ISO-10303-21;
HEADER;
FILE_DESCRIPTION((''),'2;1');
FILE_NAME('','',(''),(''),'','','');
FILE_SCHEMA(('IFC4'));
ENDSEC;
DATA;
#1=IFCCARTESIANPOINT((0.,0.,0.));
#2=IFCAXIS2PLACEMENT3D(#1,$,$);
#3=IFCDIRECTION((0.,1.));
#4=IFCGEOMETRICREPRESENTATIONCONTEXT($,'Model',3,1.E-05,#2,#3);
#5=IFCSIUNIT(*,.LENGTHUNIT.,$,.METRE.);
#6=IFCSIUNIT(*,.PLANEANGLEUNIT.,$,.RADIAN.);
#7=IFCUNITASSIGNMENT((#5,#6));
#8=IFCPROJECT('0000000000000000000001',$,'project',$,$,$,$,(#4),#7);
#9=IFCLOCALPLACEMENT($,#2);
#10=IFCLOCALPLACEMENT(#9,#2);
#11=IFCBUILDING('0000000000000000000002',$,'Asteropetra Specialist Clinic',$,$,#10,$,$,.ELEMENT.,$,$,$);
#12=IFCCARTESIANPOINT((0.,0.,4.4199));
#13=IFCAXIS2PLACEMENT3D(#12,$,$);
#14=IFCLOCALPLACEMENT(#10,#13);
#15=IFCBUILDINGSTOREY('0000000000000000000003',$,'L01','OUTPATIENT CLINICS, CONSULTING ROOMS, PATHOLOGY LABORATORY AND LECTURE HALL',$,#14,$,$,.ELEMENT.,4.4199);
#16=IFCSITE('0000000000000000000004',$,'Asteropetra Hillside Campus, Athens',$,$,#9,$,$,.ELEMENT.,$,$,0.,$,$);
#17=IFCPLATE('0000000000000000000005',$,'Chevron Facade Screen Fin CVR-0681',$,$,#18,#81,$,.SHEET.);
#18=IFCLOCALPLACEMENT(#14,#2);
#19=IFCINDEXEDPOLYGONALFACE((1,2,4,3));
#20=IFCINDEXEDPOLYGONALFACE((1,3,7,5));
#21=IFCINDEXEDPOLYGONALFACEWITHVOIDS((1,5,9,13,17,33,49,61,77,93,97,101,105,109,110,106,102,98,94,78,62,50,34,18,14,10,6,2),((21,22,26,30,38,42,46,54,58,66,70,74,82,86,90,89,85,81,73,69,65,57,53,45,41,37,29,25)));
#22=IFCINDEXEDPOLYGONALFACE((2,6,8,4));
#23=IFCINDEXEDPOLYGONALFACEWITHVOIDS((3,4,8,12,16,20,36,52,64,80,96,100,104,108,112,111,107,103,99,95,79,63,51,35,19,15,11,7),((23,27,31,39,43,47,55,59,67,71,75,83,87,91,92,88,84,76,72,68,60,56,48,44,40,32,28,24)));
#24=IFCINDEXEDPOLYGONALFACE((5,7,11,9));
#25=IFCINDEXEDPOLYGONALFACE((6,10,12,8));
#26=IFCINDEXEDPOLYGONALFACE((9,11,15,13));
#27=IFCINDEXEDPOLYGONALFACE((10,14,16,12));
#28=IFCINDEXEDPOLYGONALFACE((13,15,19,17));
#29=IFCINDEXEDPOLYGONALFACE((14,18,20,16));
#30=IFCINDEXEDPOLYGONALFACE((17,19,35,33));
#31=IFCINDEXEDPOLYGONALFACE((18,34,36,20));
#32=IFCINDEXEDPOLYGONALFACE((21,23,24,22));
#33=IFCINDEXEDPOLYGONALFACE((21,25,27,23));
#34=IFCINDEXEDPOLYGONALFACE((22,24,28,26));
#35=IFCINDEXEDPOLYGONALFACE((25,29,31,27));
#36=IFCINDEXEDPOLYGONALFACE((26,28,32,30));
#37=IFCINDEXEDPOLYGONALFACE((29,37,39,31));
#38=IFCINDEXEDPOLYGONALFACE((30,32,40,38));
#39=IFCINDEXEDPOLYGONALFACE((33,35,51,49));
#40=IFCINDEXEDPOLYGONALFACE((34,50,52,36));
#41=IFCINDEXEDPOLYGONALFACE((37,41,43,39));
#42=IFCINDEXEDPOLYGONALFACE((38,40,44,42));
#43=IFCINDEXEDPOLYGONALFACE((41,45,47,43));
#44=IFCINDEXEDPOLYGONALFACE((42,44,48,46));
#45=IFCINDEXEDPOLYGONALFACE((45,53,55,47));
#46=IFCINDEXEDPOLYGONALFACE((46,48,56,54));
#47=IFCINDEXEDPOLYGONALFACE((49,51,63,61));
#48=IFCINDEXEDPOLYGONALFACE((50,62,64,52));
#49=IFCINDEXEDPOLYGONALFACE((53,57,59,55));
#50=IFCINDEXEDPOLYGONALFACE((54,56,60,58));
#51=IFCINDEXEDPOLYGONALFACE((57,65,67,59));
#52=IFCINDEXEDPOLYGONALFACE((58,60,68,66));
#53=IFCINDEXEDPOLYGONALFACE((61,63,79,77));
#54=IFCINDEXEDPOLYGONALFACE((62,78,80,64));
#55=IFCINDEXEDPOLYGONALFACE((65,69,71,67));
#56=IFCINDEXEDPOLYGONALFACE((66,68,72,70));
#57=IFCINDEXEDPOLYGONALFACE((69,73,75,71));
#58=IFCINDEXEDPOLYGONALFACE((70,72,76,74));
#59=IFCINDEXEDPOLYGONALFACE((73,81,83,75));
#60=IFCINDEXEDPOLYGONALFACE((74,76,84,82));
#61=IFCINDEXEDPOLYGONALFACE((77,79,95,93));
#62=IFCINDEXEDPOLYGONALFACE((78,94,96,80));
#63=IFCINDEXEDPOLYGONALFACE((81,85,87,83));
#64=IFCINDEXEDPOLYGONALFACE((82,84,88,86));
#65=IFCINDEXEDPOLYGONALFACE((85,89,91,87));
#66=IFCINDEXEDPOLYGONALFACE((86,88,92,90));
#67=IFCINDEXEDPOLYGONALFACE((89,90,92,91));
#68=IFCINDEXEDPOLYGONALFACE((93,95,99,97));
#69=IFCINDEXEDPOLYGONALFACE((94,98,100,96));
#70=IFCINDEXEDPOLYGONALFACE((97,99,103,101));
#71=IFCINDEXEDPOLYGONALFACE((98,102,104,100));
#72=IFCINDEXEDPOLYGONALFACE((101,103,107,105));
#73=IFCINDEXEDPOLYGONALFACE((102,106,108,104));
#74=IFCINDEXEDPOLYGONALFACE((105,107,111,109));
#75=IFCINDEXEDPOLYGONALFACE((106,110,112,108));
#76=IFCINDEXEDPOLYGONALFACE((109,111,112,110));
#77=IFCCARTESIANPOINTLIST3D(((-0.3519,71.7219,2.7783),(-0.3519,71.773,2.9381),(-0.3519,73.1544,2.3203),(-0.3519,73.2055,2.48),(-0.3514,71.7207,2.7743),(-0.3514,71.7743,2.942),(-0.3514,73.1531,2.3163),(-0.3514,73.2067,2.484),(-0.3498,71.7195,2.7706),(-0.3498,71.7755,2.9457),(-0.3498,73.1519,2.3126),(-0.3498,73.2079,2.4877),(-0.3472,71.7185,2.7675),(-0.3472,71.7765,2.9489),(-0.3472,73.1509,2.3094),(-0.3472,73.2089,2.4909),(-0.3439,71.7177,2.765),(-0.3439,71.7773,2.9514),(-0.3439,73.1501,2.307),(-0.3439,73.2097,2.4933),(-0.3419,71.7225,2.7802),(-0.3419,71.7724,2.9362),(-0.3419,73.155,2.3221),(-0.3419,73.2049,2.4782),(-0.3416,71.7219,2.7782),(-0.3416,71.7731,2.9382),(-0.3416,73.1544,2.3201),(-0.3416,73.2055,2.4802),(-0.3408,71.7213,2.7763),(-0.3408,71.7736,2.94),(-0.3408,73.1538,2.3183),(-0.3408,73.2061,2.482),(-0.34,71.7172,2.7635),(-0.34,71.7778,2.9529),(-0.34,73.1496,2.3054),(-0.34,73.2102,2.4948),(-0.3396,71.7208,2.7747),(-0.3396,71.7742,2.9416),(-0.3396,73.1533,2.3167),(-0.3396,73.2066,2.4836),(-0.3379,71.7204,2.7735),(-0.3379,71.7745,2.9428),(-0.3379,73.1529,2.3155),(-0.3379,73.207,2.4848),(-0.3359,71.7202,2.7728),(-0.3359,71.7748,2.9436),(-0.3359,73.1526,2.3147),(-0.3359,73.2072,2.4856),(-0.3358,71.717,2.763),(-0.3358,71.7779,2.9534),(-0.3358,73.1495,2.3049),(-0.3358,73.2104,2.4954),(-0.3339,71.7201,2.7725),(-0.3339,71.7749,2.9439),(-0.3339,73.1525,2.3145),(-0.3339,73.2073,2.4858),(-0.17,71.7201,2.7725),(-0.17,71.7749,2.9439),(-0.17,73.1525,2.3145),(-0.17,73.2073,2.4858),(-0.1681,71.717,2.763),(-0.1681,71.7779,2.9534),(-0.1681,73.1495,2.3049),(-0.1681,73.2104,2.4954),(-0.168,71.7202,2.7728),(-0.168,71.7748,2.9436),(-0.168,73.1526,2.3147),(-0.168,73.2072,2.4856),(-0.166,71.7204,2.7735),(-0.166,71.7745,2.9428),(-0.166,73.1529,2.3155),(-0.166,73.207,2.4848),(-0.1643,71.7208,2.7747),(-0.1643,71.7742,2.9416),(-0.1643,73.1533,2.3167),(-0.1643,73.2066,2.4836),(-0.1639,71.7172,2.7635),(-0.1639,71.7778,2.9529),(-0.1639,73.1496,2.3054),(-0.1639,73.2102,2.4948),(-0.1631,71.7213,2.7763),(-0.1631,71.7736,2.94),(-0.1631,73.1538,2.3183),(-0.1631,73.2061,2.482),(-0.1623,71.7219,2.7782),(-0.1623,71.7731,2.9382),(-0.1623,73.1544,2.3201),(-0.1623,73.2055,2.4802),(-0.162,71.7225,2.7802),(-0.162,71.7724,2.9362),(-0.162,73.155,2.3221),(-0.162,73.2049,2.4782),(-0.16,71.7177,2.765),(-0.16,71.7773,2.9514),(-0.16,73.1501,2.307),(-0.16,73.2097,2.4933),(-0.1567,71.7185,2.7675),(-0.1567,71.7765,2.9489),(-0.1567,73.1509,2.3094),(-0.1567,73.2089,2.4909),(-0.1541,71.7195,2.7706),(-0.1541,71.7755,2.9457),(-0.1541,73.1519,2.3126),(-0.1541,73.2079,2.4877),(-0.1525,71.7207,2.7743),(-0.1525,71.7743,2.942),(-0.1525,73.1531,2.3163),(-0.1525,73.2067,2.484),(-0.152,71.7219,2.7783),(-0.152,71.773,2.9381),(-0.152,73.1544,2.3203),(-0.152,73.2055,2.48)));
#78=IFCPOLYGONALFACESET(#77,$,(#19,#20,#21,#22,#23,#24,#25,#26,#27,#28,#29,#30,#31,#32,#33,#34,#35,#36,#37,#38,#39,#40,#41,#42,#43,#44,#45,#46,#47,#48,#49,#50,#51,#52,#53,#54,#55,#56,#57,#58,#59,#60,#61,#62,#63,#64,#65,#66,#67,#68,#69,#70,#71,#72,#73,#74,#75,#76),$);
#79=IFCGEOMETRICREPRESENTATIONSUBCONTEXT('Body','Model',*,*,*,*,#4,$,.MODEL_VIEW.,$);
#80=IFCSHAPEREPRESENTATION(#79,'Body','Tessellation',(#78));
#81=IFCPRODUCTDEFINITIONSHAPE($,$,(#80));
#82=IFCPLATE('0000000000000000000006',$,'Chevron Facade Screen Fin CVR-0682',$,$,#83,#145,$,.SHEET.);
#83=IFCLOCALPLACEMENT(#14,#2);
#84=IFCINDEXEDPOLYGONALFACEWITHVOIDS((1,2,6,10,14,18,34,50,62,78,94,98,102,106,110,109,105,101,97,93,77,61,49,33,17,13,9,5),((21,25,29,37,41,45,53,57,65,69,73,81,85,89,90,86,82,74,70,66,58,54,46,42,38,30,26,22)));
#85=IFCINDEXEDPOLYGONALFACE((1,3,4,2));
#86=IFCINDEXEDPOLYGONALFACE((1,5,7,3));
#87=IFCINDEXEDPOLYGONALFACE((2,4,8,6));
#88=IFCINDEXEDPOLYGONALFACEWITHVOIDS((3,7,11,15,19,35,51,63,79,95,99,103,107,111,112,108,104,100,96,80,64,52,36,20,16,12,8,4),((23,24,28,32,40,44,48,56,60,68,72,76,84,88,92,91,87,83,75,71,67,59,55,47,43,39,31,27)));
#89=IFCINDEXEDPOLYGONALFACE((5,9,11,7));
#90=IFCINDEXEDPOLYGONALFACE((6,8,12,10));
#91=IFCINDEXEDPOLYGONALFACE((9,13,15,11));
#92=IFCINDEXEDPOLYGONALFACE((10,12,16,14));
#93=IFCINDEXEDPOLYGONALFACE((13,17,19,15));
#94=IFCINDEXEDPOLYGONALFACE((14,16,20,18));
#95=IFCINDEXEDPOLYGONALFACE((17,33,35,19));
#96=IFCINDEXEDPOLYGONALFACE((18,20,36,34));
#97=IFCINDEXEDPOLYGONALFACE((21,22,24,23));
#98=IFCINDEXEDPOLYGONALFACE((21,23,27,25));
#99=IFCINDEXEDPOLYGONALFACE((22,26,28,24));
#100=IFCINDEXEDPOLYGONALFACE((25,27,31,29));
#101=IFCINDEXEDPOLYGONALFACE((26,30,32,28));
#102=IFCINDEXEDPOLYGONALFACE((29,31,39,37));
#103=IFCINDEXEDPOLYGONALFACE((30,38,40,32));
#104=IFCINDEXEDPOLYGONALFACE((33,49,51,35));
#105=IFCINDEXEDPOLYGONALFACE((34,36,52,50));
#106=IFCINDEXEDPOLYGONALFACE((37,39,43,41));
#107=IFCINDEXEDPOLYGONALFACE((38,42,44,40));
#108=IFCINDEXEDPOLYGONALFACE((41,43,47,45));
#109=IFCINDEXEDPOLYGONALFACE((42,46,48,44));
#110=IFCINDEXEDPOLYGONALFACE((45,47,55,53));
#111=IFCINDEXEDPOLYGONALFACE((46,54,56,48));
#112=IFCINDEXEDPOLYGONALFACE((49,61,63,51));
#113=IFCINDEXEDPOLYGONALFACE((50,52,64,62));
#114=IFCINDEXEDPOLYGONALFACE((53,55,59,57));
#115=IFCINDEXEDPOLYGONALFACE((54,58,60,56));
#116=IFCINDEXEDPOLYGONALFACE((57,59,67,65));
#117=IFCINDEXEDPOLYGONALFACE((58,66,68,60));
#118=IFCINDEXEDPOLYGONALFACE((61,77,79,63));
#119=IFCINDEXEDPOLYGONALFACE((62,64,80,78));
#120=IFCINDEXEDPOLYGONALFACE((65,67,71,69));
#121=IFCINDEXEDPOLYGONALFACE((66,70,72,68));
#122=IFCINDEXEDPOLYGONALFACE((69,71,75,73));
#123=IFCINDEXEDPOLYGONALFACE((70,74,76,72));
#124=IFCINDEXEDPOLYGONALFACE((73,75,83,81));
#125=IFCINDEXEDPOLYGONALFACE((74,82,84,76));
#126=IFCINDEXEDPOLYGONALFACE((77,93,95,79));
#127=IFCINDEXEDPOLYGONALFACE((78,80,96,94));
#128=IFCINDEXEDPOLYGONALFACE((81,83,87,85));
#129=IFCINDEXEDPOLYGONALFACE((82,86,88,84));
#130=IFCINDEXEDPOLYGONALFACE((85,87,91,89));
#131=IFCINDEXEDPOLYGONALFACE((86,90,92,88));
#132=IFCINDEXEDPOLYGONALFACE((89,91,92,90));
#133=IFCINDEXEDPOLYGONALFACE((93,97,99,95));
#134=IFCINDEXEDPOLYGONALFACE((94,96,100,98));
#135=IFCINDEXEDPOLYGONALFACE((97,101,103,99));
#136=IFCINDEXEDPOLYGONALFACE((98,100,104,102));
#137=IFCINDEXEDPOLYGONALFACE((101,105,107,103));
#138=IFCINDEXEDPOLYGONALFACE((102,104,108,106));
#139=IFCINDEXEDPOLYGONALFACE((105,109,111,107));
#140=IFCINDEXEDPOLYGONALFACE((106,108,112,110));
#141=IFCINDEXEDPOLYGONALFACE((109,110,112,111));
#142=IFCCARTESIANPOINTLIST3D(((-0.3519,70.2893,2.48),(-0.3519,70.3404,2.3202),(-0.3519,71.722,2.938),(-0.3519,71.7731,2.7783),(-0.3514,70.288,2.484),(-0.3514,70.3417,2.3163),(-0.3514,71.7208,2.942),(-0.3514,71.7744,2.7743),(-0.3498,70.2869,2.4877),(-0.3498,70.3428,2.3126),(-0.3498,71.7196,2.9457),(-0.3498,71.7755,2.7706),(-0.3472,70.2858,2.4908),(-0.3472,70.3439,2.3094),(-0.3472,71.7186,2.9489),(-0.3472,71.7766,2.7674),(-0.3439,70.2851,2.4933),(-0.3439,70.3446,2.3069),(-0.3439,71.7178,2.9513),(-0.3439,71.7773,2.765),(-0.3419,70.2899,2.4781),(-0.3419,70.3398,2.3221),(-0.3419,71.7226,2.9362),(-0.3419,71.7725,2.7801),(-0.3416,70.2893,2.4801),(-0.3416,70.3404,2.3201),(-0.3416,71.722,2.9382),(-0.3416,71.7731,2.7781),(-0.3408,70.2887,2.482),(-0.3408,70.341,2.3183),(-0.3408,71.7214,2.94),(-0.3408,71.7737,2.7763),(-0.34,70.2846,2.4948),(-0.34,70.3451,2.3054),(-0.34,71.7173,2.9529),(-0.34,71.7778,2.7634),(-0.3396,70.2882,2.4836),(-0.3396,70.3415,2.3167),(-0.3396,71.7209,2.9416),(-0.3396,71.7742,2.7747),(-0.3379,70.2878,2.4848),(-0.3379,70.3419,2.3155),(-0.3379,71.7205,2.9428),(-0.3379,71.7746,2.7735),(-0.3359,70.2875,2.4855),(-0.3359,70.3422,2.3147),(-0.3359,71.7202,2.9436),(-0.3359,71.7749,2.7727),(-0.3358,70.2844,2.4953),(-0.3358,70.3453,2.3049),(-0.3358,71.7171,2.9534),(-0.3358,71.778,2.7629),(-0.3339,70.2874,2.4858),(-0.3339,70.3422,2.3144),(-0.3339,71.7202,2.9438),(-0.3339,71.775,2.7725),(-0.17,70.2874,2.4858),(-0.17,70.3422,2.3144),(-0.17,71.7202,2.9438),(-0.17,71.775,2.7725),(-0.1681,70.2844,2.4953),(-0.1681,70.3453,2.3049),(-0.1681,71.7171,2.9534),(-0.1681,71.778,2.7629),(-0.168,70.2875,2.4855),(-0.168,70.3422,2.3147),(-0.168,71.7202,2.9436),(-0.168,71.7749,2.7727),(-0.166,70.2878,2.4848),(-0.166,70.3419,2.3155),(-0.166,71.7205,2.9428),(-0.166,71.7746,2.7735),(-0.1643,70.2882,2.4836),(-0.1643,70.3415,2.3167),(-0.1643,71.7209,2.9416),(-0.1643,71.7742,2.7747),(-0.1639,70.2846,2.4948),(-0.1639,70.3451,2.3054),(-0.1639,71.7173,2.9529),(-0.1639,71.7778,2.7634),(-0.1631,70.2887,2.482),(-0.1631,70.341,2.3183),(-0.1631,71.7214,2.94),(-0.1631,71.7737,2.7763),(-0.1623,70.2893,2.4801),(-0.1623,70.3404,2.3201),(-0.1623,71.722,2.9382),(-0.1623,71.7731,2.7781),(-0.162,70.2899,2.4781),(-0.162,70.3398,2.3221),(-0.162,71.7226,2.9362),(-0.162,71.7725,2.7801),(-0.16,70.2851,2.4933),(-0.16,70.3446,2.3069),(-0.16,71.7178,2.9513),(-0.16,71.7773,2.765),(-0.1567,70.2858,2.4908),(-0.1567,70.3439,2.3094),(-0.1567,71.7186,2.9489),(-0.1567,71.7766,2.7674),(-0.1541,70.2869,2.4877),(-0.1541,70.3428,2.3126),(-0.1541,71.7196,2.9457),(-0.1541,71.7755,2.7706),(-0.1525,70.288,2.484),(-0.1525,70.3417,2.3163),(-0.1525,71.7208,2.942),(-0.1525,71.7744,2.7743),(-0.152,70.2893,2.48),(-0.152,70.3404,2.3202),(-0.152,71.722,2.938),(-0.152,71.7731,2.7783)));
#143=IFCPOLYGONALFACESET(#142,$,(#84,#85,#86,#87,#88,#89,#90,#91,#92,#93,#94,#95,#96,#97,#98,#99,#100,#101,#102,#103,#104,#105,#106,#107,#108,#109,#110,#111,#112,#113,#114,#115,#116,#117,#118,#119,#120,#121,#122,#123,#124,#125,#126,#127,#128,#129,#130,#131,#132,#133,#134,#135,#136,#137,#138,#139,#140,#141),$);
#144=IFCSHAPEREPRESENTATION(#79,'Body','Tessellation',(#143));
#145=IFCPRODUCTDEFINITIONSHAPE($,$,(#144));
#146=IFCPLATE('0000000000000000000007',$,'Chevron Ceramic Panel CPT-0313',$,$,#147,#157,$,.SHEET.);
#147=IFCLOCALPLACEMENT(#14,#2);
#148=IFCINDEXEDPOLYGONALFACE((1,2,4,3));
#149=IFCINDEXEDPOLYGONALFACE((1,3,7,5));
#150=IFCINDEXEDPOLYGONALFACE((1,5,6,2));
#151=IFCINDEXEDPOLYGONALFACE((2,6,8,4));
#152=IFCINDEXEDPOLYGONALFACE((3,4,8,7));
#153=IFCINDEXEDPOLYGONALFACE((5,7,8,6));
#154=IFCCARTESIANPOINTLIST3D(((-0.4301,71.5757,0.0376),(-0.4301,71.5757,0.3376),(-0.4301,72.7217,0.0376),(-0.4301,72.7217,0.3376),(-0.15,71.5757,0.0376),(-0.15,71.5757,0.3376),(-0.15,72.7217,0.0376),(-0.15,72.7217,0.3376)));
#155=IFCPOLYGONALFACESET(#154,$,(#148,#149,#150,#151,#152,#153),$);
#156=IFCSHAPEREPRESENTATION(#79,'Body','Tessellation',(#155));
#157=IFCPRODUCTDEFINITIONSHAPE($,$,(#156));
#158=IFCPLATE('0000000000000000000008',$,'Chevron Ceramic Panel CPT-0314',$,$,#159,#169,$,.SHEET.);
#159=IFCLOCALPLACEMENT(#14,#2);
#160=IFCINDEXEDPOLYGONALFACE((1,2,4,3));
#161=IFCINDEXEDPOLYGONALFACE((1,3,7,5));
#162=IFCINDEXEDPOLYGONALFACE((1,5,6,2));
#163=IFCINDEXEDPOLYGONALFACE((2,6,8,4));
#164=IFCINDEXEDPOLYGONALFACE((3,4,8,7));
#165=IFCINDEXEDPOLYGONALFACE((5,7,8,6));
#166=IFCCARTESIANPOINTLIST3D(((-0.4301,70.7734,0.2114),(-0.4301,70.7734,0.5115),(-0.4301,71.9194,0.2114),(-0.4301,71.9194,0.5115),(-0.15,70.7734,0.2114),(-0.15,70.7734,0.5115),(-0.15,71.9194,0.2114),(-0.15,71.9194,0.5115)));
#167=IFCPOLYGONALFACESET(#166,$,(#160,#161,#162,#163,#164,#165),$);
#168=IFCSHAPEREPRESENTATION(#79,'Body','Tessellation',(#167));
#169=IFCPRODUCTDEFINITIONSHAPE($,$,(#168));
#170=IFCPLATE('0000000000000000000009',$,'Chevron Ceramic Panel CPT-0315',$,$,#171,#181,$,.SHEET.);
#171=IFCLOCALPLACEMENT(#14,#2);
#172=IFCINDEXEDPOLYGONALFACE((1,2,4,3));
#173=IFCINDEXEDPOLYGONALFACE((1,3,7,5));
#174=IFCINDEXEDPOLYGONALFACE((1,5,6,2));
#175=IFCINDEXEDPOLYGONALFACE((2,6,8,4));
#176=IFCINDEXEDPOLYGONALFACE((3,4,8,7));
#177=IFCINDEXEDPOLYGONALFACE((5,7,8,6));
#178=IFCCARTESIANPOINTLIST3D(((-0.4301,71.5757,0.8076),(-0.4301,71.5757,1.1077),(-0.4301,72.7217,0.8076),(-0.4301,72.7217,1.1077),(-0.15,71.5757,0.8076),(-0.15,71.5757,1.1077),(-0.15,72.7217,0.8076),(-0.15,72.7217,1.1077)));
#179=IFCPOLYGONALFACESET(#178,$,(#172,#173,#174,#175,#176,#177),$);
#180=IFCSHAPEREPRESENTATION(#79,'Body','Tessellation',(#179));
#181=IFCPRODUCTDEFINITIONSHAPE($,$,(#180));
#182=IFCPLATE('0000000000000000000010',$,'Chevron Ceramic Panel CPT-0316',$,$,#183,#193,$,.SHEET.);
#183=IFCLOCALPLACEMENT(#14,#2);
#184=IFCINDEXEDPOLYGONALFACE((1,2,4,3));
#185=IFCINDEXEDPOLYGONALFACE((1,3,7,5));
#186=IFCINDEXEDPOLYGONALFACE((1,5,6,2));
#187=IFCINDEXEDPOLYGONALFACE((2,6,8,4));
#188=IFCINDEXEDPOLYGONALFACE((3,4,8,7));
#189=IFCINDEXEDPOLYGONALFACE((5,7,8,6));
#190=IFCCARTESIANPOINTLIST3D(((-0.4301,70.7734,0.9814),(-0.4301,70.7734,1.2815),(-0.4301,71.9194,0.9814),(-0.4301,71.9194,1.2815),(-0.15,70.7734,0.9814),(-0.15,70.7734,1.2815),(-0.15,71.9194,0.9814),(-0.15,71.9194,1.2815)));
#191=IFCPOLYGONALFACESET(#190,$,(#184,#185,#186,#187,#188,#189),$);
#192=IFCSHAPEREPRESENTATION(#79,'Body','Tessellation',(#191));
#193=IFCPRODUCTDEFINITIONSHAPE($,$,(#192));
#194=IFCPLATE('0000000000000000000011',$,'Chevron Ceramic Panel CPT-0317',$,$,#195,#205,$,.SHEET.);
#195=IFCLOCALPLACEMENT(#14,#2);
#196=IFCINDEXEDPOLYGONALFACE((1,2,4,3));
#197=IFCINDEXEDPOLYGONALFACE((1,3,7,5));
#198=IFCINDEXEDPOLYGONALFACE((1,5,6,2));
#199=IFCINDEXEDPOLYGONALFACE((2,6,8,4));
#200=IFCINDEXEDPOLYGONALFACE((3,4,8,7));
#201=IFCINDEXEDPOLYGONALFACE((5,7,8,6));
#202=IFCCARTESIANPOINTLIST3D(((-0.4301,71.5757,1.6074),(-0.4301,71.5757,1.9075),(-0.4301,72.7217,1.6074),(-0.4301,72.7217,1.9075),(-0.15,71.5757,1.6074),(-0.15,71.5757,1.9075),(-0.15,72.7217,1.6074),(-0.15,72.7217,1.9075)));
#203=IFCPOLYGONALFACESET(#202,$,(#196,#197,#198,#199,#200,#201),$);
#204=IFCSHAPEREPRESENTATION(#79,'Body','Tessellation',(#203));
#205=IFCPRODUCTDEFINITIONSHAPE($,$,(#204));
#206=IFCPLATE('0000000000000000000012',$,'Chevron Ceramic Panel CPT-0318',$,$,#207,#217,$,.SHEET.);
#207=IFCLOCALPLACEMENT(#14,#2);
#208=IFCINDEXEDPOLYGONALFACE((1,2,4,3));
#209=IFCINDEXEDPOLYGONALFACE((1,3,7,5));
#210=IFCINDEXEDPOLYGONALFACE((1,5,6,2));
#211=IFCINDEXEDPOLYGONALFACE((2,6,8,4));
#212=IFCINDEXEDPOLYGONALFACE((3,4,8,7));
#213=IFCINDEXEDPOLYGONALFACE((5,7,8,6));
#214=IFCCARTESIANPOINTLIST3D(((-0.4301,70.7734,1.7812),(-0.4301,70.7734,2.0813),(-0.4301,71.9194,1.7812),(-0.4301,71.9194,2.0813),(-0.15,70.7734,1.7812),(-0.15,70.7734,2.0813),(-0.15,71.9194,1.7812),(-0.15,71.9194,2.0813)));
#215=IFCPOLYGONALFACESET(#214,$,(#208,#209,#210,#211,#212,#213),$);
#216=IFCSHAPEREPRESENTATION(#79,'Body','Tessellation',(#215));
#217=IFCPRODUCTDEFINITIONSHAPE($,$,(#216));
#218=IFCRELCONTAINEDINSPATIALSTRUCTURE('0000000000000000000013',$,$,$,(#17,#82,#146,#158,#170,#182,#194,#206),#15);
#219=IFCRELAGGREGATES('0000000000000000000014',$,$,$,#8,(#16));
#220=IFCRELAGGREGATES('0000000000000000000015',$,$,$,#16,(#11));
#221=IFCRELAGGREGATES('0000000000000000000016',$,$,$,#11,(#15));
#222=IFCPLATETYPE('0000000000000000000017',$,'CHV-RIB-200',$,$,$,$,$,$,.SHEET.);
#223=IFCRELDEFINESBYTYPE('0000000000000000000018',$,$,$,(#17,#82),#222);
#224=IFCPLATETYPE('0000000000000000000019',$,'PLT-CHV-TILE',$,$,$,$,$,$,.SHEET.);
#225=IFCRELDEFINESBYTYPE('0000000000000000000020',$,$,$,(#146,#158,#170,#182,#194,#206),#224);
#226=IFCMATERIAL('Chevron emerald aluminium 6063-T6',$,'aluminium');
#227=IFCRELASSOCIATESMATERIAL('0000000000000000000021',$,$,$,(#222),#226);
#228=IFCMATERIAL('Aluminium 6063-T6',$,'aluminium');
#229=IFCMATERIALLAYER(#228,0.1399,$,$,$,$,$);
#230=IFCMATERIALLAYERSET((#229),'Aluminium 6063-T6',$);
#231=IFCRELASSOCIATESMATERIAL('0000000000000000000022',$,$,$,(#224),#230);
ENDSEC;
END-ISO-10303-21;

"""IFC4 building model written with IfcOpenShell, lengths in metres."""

from ifc_helpers import new_model, si_unit, direction, frame, origin, origin_2d, place, context, subcontext, project, spatial, rectangle, hollow_rectangle, extrude, material, layer, layer_set, material_profile, profile_set, type_object, element, save


model = new_model("IFC4")

# Units and contexts
model_context = context("Model", 3, precision=1e-05, world=origin(), true_north=direction((0.0, 1.0)))
body_context = subcontext(model_context, "Body", "Model", "MODEL_VIEW")
ifc_project = project(units=[si_unit("LENGTHUNIT", "METRE"), si_unit("PLANEANGLEUNIT", "RADIAN")], contexts=[model_context])

# Site, building, storey
site_placement = place(None, origin())
site = spatial("IfcSite", under=ifc_project, at=site_placement, Name="Asteropetra Hillside Campus, Athens", CompositionType="ELEMENT", RefElevation=0.0)
building_placement = place(site_placement, origin())
building = spatial("IfcBuilding", under=site, at=building_placement, Name="Asteropetra Specialist Clinic", CompositionType="ELEMENT")
storey_placement = place(building_placement, frame((0.0, 0.0, 4.4199)))
storey = spatial("IfcBuildingStorey", under=building, at=storey_placement, Name="L01", Description="OUTPATIENT CLINICS, CONSULTING ROOMS, PATHOLOGY LABORATORY AND LECTURE HALL", CompositionType="ELEMENT", Elevation=4.4199)

# Plates
ifc_material_1 = material(Name="Chevron emerald aluminium 6063-T6", Category="aluminium")
ifc_material_profile_1 = material_profile(ifc_material_1, hollow_rectangle(XDim=0.2, YDim=0.2, WallThickness=0.01, InnerFilletRadius=0.0081, OuterFilletRadius=0.0161, at=origin_2d()), Name="SHS 200x200x10.0")
ifc_profile_set_1 = profile_set([ifc_material_profile_1], Name="Chevron emerald aluminium 6063-T6")
plate_type_1 = type_object("IfcPlateType", Name="CHV-RIB-200", PredefinedType="SHEET", material=ifc_profile_set_1)
plate_1_placement = place(storey_placement, frame((-0.252, 73.1799, 2.4001), z_axis=(0.0, -0.952492, 0.304564), x_axis=(1.0, 0.0, 0.0)))
element("IfcPlate", 1, at=plate_1_placement, inside=storey, type_object=plate_type_1, Name="Chevron Facade Screen Fin CVR-0681", PredefinedType="SHEET", context=body_context, shape_type="SweptSolid", body=[
    extrude(hollow_rectangle(XDim=0.2, YDim=0.2, WallThickness=0.01, InnerFilletRadius=0.0081, OuterFilletRadius=0.0161, at=origin_2d()), origin(), (0.0, 0.0, 1.0), 1.5039),
])
plate_2_placement = place(storey_placement, frame((-0.252, 71.7476, 2.8582), z_axis=(0.0, -0.952507, -0.304517), x_axis=(1.0, 0.0, 0.0)))
element("IfcPlate", 2, at=plate_2_placement, inside=storey, type_object=plate_type_1, Name="Chevron Facade Screen Fin CVR-0682", PredefinedType="SHEET", context=body_context, shape_type="SweptSolid", body=[
    extrude(hollow_rectangle(XDim=0.2, YDim=0.2, WallThickness=0.01, InnerFilletRadius=0.0081, OuterFilletRadius=0.0161, at=origin_2d()), origin(), (0.0, 0.0, 1.0), 1.5042),
])
ifc_material_2 = material(Name="Aluminium 6063-T6", Category="aluminium")
ifc_layer_1 = layer(ifc_material_2, 0.1399)
ifc_layer_set_1 = layer_set([ifc_layer_1], Name="Aluminium 6063-T6")
plate_type_2 = type_object("IfcPlateType", Name="PLT-CHV-TILE", PredefinedType="SHEET", material=ifc_layer_set_1)
for number, where, z_axis, x_axis, name in (
    (3, (-0.29, 72.1487, 0.0376), (0.0, 0.0, 1.0), (1.0, 0.0, 0.0), "Chevron Ceramic Panel CPT-0313"),
    (4, (-0.29, 71.3464, 0.2114), (0.0, 0.0, 1.0), (1.0, 0.0, 0.0), "Chevron Ceramic Panel CPT-0314"),
    (5, (-0.29, 72.1487, 0.8076), (0.0, 0.0, 1.0), (1.0, 0.0, 0.0), "Chevron Ceramic Panel CPT-0315"),
    (6, (-0.29, 71.3464, 0.9814), (0.0, 0.0, 1.0), (1.0, 0.0, 0.0), "Chevron Ceramic Panel CPT-0316"),
    (7, (-0.29, 72.1487, 1.6074), (0.0, 0.0, 1.0), (1.0, 0.0, 0.0), "Chevron Ceramic Panel CPT-0317"),
    (8, (-0.29, 71.3464, 1.7812), (0.0, 0.0, 1.0), (1.0, 0.0, 0.0), "Chevron Ceramic Panel CPT-0318"),
):
    element("IfcPlate", number, at=place(storey_placement, frame(where, z_axis=z_axis, x_axis=x_axis)), inside=storey, type_object=plate_type_2, Name=name, PredefinedType="SHEET", context=body_context, shape_type="SweptSolid", body=[
        extrude(rectangle(XDim=0.28, YDim=1.146, at=origin_2d()), origin(), (0.0, 0.0, 1.0), 0.3),
    ])

save(model, "model.ifc")
